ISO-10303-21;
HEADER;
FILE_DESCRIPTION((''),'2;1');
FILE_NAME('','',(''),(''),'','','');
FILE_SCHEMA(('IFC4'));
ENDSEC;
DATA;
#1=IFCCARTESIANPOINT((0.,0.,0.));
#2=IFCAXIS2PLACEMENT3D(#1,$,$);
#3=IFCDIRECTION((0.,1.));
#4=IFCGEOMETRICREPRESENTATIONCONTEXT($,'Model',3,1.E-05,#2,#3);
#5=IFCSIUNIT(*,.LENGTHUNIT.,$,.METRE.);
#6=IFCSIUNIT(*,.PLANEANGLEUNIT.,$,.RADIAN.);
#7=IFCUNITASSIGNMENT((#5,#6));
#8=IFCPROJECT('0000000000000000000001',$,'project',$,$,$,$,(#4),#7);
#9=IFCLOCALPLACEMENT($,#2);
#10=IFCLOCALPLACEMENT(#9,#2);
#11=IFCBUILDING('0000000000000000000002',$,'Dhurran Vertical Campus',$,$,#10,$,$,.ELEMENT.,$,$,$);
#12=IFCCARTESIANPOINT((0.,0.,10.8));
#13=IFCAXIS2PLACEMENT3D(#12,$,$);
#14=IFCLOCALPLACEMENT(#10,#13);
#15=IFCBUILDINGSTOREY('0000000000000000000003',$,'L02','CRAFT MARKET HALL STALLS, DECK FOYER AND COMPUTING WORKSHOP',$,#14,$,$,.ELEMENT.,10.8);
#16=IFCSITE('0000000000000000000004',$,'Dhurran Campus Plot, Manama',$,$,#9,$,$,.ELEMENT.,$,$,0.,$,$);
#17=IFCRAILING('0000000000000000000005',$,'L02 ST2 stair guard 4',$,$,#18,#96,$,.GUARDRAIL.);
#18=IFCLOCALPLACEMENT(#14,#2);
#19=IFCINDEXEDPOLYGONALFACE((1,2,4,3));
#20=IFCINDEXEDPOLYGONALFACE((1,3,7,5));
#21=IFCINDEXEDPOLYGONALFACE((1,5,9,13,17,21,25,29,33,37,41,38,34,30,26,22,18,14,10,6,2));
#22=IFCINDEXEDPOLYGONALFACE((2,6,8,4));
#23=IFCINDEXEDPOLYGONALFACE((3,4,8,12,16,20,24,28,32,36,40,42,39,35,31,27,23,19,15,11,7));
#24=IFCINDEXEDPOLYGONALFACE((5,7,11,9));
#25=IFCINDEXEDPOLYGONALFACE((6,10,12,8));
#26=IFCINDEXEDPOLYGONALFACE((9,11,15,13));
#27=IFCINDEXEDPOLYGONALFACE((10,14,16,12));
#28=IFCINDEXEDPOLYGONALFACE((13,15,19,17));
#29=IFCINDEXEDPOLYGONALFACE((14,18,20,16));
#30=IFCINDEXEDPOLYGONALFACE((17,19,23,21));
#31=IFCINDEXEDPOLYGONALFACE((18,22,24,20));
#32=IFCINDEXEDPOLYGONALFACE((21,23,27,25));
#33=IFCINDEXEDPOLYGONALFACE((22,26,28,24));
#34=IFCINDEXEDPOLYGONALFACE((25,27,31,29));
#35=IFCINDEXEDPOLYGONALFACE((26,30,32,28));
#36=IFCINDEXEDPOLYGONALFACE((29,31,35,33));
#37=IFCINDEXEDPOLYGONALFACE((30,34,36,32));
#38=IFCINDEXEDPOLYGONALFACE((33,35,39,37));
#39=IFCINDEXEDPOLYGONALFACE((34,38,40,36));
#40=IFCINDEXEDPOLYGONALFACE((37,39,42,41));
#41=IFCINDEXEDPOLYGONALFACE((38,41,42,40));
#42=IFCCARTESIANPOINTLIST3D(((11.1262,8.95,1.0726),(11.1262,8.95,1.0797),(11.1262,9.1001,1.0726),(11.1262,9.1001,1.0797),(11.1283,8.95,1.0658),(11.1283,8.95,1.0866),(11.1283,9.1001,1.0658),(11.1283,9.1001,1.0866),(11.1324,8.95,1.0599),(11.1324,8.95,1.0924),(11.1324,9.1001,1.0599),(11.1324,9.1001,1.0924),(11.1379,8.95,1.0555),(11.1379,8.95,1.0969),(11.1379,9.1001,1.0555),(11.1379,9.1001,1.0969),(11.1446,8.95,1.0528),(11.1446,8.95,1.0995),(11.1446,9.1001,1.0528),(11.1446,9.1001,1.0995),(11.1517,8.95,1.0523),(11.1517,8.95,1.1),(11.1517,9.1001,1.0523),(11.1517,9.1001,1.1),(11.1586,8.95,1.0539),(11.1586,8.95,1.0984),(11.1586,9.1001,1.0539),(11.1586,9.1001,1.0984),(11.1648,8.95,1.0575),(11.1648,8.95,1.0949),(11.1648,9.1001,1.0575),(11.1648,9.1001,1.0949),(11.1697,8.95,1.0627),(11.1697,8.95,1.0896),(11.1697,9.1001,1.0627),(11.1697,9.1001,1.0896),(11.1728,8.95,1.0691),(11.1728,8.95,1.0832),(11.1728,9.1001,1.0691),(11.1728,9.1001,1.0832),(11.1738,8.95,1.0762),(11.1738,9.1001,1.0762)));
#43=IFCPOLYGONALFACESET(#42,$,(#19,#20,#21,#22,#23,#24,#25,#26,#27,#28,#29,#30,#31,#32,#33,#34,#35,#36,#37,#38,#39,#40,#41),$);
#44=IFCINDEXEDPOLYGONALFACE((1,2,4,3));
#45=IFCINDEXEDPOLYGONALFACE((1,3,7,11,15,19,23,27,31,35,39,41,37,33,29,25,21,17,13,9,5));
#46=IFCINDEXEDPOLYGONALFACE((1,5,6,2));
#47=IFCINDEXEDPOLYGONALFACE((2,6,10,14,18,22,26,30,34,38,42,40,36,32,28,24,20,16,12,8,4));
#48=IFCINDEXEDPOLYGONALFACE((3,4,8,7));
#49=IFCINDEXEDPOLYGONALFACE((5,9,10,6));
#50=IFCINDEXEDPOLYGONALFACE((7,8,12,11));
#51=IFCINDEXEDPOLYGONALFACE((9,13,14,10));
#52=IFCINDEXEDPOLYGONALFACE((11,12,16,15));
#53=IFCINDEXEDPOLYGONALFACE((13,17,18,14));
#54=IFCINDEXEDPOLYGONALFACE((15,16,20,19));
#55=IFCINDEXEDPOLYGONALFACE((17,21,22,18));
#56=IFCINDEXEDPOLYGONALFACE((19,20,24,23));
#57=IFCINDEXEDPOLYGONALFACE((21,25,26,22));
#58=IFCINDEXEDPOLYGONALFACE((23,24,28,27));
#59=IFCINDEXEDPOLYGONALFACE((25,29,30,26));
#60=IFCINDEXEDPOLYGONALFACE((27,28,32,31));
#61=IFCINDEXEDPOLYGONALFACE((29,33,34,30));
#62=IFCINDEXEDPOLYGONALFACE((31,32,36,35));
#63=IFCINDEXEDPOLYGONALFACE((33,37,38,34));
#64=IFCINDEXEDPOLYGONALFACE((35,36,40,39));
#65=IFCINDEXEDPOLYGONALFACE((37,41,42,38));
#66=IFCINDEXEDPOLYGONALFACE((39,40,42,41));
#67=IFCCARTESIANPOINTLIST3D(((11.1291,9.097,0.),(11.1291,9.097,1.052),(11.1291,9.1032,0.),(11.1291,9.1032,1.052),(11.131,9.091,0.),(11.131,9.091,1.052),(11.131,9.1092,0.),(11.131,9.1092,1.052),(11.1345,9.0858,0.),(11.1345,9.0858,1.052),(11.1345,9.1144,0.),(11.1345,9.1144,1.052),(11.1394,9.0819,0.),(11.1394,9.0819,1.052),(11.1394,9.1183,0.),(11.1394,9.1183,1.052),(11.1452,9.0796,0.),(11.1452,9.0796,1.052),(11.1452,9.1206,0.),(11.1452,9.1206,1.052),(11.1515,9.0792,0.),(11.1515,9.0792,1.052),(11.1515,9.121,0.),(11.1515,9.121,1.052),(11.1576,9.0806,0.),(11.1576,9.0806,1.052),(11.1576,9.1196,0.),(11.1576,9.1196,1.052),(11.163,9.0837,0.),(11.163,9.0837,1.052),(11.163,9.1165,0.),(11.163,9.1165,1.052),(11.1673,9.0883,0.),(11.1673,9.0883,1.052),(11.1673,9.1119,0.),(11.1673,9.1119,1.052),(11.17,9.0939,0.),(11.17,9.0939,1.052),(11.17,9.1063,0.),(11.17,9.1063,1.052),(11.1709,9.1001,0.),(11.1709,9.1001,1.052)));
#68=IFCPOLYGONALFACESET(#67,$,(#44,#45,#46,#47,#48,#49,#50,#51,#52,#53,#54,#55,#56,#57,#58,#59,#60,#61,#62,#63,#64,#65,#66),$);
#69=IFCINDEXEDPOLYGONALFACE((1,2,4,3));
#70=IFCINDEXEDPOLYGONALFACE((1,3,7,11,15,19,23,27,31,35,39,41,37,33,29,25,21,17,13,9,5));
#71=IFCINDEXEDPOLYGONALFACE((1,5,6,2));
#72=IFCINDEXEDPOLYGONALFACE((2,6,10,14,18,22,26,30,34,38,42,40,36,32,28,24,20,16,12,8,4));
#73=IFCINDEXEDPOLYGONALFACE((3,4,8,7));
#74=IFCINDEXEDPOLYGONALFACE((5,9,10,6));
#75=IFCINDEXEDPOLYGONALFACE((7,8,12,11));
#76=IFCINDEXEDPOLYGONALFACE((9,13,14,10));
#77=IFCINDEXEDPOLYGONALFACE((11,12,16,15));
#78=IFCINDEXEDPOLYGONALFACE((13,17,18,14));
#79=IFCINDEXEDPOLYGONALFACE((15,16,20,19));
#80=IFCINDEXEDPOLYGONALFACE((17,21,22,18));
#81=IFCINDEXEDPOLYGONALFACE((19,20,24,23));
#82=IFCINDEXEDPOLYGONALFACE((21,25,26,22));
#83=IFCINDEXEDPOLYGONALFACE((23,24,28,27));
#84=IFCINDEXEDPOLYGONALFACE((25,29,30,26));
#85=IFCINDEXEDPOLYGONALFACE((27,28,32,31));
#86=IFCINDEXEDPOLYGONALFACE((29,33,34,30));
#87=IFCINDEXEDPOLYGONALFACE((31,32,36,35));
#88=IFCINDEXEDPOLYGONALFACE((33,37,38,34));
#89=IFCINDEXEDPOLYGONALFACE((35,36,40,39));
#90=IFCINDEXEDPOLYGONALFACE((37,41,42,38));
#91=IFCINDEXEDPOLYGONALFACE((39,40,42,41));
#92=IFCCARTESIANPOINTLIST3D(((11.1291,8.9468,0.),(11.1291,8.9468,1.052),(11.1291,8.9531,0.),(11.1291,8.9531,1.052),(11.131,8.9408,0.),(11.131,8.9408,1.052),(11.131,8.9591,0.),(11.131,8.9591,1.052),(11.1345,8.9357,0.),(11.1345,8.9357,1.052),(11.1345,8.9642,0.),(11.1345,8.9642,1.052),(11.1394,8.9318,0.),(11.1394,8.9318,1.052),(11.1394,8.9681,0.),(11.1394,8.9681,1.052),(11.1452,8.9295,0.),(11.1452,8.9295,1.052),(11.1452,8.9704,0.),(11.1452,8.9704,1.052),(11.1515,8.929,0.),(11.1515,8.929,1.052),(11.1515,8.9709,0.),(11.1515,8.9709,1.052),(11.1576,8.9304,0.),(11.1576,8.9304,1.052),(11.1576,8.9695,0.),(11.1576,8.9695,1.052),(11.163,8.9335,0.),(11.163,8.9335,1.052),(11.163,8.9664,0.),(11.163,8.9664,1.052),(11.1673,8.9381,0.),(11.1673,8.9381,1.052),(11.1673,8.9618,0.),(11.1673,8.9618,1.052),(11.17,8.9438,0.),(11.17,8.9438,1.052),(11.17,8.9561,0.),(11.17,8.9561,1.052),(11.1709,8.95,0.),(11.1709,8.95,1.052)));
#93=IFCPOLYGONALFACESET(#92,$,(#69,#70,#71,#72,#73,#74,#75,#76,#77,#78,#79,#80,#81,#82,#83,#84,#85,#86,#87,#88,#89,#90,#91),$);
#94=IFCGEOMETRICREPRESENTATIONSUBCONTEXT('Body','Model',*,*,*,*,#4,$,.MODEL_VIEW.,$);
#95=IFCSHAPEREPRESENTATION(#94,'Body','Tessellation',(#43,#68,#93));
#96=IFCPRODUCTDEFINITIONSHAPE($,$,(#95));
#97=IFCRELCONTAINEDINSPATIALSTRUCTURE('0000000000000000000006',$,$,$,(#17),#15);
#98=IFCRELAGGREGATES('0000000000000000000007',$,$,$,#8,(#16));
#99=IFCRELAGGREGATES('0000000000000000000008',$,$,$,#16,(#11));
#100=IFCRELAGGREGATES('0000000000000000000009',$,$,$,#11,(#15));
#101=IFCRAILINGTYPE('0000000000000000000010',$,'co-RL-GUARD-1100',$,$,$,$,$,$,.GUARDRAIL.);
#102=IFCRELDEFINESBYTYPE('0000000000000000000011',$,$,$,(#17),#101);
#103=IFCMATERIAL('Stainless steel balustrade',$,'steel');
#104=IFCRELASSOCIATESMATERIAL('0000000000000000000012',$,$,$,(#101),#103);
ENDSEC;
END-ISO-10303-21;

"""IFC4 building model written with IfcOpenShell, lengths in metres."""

from ifc_helpers import new_model, si_unit, direction, frame, origin, origin_2d, place, context, subcontext, project, spatial, circle, extrude, material, type_object, element, save


model = new_model("IFC4")

# Units and contexts
model_context = context("Model", 3, precision=1e-05, world=origin(), true_north=direction((0.0, 1.0)))
body_context = subcontext(model_context, "Body", "Model", "MODEL_VIEW")
ifc_project = project(units=[si_unit("LENGTHUNIT", "METRE"), si_unit("PLANEANGLEUNIT", "RADIAN")], contexts=[model_context])

# Site, building, storey
site_placement = place(None, origin())
site = spatial("IfcSite", under=ifc_project, at=site_placement, Name="Dhurran Campus Plot, Manama", CompositionType="ELEMENT", RefElevation=0.0)
building_placement = place(site_placement, origin())
building = spatial("IfcBuilding", under=site, at=building_placement, Name="Dhurran Vertical Campus", CompositionType="ELEMENT")
storey_placement = place(building_placement, frame((0.0, 0.0, 10.8)))
storey = spatial("IfcBuildingStorey", under=building, at=storey_placement, Name="L02", Description="CRAFT MARKET HALL STALLS, DECK FOYER AND COMPUTING WORKSHOP", CompositionType="ELEMENT", Elevation=10.8)

# Railing
ifc_material_1 = material(Name="Stainless steel balustrade", Category="steel")
railing_type_1 = type_object("IfcRailingType", Name="co-RL-GUARD-1100", PredefinedType="GUARDRAIL", material=ifc_material_1)
railing_1_placement = place(storey_placement, frame((11.1499, 9.1001, 0.0)))
element("IfcRailing", 1, at=railing_1_placement, inside=storey, type_object=railing_type_1, Name="L02 ST2 stair guard 4", PredefinedType="GUARDRAIL", context=body_context, shape_type="SweptSolid", body=[
    extrude(circle(Radius=0.0239, at=origin_2d()), frame((0.0, 0.0, 1.0762), z_axis=(0.0, -1.0, 0.0), x_axis=(1.0, 0.0, 0.0)), (0.0, 0.0, 1.0), 0.1501),
    extrude(circle(Radius=0.021, at=origin_2d()), origin(), (0.0, 0.0, 1.0), 1.052),
    extrude(circle(Radius=0.021, at=origin_2d()), frame((0.0, -0.1501, 0.0)), (0.0, 0.0, 1.0), 1.052),
])

save(model, "model.ifc")
